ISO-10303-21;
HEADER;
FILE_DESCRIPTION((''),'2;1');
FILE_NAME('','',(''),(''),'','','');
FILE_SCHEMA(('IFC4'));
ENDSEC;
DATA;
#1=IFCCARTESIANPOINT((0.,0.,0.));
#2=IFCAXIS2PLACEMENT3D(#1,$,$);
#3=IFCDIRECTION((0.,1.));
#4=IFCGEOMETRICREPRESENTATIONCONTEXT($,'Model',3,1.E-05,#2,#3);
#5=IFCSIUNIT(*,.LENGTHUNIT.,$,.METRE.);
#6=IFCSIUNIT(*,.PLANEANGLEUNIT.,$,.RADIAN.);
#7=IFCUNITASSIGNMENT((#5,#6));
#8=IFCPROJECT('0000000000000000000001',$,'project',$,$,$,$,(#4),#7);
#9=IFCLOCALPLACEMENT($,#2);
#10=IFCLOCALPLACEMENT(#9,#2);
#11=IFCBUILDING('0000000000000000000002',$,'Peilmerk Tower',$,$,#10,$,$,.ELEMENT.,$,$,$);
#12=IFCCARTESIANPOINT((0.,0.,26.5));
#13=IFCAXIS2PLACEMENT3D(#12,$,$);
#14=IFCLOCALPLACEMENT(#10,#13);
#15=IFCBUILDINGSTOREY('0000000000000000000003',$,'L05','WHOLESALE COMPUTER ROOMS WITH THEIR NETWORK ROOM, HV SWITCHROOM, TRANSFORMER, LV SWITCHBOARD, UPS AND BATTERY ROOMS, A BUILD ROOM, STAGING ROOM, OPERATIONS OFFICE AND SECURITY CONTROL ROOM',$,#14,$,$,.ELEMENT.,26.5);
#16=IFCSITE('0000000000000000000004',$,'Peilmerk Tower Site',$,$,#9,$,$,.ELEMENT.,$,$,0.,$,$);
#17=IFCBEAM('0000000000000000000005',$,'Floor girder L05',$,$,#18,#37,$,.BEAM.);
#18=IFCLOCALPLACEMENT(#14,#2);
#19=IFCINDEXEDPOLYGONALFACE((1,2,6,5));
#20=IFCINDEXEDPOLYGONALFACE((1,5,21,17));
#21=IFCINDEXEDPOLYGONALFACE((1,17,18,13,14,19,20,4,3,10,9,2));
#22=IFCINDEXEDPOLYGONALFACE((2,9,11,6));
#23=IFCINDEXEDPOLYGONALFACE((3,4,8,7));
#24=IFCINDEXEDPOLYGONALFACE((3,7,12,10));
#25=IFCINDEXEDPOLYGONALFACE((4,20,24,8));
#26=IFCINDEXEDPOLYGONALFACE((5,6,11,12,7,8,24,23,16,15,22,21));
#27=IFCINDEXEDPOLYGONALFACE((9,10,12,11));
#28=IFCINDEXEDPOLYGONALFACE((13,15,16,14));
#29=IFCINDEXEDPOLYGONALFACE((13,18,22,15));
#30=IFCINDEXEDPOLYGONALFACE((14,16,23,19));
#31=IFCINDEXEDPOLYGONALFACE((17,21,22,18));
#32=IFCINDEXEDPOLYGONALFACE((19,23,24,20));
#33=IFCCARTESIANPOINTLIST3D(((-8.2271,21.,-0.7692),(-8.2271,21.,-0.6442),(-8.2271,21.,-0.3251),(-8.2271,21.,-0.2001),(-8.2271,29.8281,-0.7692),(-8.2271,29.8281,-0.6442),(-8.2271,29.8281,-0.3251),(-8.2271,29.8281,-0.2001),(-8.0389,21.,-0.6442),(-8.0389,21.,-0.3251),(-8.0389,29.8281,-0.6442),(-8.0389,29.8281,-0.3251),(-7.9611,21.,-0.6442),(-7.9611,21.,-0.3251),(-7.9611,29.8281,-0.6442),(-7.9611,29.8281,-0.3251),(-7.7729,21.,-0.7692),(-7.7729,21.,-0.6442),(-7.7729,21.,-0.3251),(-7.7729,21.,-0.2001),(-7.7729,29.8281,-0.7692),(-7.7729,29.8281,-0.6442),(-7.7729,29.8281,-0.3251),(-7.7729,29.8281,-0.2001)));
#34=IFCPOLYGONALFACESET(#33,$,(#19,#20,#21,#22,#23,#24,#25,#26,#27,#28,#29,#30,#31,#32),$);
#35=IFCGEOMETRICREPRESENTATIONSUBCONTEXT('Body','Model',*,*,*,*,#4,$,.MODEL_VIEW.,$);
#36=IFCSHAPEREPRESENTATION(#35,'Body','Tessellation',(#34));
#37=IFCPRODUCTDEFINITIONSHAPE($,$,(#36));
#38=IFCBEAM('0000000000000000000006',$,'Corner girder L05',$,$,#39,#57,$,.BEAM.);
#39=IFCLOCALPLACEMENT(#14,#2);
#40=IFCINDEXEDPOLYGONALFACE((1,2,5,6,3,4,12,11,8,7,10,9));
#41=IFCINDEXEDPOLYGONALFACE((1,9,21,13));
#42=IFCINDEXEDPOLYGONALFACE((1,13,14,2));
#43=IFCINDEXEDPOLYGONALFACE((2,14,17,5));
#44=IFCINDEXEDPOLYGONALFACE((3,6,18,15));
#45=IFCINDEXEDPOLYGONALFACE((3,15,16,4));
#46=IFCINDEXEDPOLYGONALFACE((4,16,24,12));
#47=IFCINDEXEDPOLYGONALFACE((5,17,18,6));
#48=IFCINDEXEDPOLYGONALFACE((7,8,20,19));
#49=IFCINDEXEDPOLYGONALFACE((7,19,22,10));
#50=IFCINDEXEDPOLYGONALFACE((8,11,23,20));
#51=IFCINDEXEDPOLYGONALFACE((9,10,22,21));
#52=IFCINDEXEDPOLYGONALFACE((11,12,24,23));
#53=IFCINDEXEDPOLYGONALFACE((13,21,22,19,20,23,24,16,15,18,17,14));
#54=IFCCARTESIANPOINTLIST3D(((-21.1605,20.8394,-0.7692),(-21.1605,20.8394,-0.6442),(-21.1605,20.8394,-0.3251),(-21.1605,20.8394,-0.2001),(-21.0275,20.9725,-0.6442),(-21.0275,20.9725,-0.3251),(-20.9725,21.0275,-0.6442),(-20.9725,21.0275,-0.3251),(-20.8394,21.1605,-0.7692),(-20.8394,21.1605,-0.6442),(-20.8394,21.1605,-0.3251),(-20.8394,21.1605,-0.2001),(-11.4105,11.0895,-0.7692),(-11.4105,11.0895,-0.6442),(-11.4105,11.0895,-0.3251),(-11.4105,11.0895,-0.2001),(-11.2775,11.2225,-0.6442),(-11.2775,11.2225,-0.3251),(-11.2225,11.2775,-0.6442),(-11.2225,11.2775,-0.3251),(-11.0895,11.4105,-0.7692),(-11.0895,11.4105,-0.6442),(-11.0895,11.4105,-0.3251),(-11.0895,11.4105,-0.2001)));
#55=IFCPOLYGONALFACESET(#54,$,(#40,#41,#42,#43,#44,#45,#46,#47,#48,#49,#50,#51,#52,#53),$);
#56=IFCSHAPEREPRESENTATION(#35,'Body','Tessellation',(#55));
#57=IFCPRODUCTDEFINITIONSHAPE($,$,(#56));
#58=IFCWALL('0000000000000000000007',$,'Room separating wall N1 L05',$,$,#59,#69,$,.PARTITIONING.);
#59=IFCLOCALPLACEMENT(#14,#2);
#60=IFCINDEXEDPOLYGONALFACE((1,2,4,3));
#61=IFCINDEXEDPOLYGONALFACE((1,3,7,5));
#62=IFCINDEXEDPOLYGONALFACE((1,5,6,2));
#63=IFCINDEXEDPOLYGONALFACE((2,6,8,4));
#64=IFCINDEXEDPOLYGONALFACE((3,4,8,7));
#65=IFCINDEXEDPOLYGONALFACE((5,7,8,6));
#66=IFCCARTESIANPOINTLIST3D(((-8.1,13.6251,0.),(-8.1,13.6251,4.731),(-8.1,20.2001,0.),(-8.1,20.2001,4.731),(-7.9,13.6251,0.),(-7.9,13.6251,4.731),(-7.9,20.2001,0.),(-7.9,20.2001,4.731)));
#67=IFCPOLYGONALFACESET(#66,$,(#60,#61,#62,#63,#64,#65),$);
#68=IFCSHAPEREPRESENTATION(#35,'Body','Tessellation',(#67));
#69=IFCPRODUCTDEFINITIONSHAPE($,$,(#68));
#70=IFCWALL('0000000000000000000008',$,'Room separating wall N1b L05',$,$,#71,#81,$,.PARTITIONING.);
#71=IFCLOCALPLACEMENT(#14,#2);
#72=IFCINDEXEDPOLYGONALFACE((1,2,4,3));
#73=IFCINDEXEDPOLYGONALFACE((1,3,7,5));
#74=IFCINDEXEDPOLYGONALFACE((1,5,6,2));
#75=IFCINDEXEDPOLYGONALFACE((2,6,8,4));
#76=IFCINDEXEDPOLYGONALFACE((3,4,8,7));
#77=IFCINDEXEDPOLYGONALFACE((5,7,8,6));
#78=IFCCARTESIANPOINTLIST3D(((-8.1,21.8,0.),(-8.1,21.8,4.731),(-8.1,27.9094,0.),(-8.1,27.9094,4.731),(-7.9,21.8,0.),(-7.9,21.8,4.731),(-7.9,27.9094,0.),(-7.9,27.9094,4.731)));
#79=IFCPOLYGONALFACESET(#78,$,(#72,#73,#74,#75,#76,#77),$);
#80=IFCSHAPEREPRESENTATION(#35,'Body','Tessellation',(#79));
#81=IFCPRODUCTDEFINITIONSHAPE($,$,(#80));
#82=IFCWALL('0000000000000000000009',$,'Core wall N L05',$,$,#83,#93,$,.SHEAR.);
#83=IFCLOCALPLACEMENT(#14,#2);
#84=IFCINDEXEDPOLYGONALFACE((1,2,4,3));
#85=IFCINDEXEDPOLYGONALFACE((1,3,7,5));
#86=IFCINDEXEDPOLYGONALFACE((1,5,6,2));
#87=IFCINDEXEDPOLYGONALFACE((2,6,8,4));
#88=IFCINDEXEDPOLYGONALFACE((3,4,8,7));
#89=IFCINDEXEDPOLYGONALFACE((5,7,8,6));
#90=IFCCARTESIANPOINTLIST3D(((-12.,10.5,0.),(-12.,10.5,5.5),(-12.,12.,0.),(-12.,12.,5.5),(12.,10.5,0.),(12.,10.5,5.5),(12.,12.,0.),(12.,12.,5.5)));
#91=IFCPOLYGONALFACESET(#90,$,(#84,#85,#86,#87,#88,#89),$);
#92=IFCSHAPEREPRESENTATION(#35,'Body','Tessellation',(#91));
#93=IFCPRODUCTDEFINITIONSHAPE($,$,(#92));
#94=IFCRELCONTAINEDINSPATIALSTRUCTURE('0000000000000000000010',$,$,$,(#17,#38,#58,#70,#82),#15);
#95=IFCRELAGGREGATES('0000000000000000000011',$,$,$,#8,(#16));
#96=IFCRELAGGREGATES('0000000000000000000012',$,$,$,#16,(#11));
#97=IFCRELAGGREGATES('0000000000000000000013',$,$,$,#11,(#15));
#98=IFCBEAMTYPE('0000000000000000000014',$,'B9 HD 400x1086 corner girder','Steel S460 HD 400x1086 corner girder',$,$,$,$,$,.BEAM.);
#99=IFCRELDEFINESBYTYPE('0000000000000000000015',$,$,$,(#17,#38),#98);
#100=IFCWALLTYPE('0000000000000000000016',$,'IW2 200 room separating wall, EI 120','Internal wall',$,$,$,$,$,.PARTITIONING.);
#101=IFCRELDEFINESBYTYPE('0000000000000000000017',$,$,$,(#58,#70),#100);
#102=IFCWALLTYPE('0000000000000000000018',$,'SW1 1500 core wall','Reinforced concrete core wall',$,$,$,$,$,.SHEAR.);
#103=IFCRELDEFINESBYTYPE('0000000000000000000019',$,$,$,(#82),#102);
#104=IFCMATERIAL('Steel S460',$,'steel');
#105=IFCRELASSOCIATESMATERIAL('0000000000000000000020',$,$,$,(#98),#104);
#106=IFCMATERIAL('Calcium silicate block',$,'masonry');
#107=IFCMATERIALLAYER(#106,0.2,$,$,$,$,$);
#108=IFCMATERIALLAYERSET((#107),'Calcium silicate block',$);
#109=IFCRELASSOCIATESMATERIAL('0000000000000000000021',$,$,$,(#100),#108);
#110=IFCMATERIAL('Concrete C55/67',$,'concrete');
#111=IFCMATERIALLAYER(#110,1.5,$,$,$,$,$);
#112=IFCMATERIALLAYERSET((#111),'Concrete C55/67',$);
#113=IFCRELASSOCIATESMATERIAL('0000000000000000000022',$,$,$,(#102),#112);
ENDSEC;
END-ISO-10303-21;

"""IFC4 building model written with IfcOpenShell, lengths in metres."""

from ifc_helpers import new_model, si_unit, direction, frame, frame_2d, origin, origin_2d, place, context, subcontext, project, spatial, rectangle, i_section, extrude, material, layer, layer_set, material_profile, profile_set, type_object, element, save


model = new_model("IFC4")

# Units and contexts
model_context = context("Model", 3, precision=1e-05, world=origin(), true_north=direction((0.0, 1.0)))
body_context = subcontext(model_context, "Body", "Model", "MODEL_VIEW")
ifc_project = project(units=[si_unit("LENGTHUNIT", "METRE"), si_unit("PLANEANGLEUNIT", "RADIAN")], contexts=[model_context])

# Site, building, storey
site_placement = place(None, origin())
site = spatial("IfcSite", under=ifc_project, at=site_placement, Name="Peilmerk Tower Site", CompositionType="ELEMENT", RefElevation=0.0)
building_placement = place(site_placement, origin())
building = spatial("IfcBuilding", under=site, at=building_placement, Name="Peilmerk Tower", CompositionType="ELEMENT")
storey_placement = place(building_placement, frame((0.0, 0.0, 26.5)))
storey = spatial("IfcBuildingStorey", under=building, at=storey_placement, Name="L05", Description="WHOLESALE COMPUTER ROOMS WITH THEIR NETWORK ROOM, HV SWITCHROOM, TRANSFORMER, LV SWITCHBOARD, UPS AND BATTERY ROOMS, A BUILD ROOM, STAGING ROOM, OPERATIONS OFFICE AND SECURITY CONTROL ROOM", CompositionType="ELEMENT", Elevation=26.5)

# Beams
ifc_material_1 = material(Name="Steel S460", Category="steel")
ifc_material_profile_1 = material_profile(ifc_material_1, i_section(OverallWidth=0.4541, OverallDepth=0.5691, WebThickness=0.0779, FlangeThickness=0.125, at=origin_2d()), Name="HD 400x1086")
ifc_profile_set_1 = profile_set([ifc_material_profile_1], Name="Steel S460")
beam_type_1 = type_object("IfcBeamType", Name="B9 HD 400x1086 corner girder", Description="Steel S460 HD 400x1086 corner girder", PredefinedType="BEAM", material=ifc_profile_set_1)
beam_1_placement = place(storey_placement, frame((-8.0, 21.0, -0.4846), z_axis=(0.0, 1.0, 0.0), x_axis=(-1.0, 0.0, 0.0)))
element("IfcBeam", 1, at=beam_1_placement, inside=storey, type_object=beam_type_1, Name="Floor girder L05", PredefinedType="BEAM", context=body_context, shape_type="SweptSolid", body=[
    extrude(i_section(OverallWidth=0.4541, OverallDepth=0.5691, WebThickness=0.0779, FlangeThickness=0.125, at=origin_2d()), origin(), (0.0, 0.0, 1.0), 8.8281),
])
beam_2_placement = place(storey_placement, frame((-11.25, 11.25, -0.4846), z_axis=(-0.707107, 0.707107, 0.0), x_axis=(-0.707107, -0.707107, 0.0)))
element("IfcBeam", 2, at=beam_2_placement, inside=storey, type_object=beam_type_1, Name="Corner girder L05", PredefinedType="BEAM", context=body_context, shape_type="SweptSolid", body=[
    extrude(i_section(OverallWidth=0.4541, OverallDepth=0.5691, WebThickness=0.0779, FlangeThickness=0.125, at=origin_2d()), origin(), (0.0, 0.0, 1.0), 13.7886),
])

# Walls
ifc_material_2 = material(Name="Calcium silicate block", Category="masonry")
ifc_layer_1 = layer(ifc_material_2, 0.2)
ifc_layer_set_1 = layer_set([ifc_layer_1], Name="Calcium silicate block")
wall_type_1 = type_object("IfcWallType", Name="IW2 200 room separating wall, EI 120", Description="Internal wall", PredefinedType="PARTITIONING", material=ifc_layer_set_1)
wall_1_placement = place(storey_placement, frame((-8.0, 13.625, 0.0), z_axis=(0.0, 0.0, 1.0), x_axis=(0.0, 1.0, 0.0)))
element("IfcWall", 3, at=wall_1_placement, inside=storey, type_object=wall_type_1, Name="Room separating wall N1 L05", PredefinedType="PARTITIONING", context=body_context, shape_type="SweptSolid", body=[
    extrude(rectangle(XDim=6.575, YDim=0.2, at=frame_2d((3.2876, 0.0))), origin(), (0.0, 0.0, 1.0), 4.731),
])
wall_2_placement = place(storey_placement, frame((-8.0, 21.8, 0.0), z_axis=(0.0, 0.0, 1.0), x_axis=(0.0, 1.0, 0.0)))
element("IfcWall", 4, at=wall_2_placement, inside=storey, type_object=wall_type_1, Name="Room separating wall N1b L05", PredefinedType="PARTITIONING", context=body_context, shape_type="SweptSolid", body=[
    extrude(rectangle(XDim=6.1094, YDim=0.2, at=frame_2d((3.0547, 0.0))), origin(), (0.0, 0.0, 1.0), 4.731),
])
ifc_material_3 = material(Name="Concrete C55/67", Category="concrete")
ifc_layer_2 = layer(ifc_material_3, 1.5)
ifc_layer_set_2 = layer_set([ifc_layer_2], Name="Concrete C55/67")
wall_type_2 = type_object("IfcWallType", Name="SW1 1500 core wall", Description="Reinforced concrete core wall", PredefinedType="SHEAR", material=ifc_layer_set_2)
wall_3_placement = place(storey_placement, frame((-12.0, 11.25, 0.0), z_axis=(0.0, 0.0, 1.0), x_axis=(1.0, 0.0, 0.0)))
element("IfcWall", 5, at=wall_3_placement, inside=storey, type_object=wall_type_2, Name="Core wall N L05", PredefinedType="SHEAR", context=body_context, shape_type="SweptSolid", body=[
    extrude(rectangle(XDim=24.0, YDim=1.5, at=frame_2d((12.0, 0.0))), origin(), (0.0, 0.0, 1.0), 5.5),
])

save(model, "model.ifc")
